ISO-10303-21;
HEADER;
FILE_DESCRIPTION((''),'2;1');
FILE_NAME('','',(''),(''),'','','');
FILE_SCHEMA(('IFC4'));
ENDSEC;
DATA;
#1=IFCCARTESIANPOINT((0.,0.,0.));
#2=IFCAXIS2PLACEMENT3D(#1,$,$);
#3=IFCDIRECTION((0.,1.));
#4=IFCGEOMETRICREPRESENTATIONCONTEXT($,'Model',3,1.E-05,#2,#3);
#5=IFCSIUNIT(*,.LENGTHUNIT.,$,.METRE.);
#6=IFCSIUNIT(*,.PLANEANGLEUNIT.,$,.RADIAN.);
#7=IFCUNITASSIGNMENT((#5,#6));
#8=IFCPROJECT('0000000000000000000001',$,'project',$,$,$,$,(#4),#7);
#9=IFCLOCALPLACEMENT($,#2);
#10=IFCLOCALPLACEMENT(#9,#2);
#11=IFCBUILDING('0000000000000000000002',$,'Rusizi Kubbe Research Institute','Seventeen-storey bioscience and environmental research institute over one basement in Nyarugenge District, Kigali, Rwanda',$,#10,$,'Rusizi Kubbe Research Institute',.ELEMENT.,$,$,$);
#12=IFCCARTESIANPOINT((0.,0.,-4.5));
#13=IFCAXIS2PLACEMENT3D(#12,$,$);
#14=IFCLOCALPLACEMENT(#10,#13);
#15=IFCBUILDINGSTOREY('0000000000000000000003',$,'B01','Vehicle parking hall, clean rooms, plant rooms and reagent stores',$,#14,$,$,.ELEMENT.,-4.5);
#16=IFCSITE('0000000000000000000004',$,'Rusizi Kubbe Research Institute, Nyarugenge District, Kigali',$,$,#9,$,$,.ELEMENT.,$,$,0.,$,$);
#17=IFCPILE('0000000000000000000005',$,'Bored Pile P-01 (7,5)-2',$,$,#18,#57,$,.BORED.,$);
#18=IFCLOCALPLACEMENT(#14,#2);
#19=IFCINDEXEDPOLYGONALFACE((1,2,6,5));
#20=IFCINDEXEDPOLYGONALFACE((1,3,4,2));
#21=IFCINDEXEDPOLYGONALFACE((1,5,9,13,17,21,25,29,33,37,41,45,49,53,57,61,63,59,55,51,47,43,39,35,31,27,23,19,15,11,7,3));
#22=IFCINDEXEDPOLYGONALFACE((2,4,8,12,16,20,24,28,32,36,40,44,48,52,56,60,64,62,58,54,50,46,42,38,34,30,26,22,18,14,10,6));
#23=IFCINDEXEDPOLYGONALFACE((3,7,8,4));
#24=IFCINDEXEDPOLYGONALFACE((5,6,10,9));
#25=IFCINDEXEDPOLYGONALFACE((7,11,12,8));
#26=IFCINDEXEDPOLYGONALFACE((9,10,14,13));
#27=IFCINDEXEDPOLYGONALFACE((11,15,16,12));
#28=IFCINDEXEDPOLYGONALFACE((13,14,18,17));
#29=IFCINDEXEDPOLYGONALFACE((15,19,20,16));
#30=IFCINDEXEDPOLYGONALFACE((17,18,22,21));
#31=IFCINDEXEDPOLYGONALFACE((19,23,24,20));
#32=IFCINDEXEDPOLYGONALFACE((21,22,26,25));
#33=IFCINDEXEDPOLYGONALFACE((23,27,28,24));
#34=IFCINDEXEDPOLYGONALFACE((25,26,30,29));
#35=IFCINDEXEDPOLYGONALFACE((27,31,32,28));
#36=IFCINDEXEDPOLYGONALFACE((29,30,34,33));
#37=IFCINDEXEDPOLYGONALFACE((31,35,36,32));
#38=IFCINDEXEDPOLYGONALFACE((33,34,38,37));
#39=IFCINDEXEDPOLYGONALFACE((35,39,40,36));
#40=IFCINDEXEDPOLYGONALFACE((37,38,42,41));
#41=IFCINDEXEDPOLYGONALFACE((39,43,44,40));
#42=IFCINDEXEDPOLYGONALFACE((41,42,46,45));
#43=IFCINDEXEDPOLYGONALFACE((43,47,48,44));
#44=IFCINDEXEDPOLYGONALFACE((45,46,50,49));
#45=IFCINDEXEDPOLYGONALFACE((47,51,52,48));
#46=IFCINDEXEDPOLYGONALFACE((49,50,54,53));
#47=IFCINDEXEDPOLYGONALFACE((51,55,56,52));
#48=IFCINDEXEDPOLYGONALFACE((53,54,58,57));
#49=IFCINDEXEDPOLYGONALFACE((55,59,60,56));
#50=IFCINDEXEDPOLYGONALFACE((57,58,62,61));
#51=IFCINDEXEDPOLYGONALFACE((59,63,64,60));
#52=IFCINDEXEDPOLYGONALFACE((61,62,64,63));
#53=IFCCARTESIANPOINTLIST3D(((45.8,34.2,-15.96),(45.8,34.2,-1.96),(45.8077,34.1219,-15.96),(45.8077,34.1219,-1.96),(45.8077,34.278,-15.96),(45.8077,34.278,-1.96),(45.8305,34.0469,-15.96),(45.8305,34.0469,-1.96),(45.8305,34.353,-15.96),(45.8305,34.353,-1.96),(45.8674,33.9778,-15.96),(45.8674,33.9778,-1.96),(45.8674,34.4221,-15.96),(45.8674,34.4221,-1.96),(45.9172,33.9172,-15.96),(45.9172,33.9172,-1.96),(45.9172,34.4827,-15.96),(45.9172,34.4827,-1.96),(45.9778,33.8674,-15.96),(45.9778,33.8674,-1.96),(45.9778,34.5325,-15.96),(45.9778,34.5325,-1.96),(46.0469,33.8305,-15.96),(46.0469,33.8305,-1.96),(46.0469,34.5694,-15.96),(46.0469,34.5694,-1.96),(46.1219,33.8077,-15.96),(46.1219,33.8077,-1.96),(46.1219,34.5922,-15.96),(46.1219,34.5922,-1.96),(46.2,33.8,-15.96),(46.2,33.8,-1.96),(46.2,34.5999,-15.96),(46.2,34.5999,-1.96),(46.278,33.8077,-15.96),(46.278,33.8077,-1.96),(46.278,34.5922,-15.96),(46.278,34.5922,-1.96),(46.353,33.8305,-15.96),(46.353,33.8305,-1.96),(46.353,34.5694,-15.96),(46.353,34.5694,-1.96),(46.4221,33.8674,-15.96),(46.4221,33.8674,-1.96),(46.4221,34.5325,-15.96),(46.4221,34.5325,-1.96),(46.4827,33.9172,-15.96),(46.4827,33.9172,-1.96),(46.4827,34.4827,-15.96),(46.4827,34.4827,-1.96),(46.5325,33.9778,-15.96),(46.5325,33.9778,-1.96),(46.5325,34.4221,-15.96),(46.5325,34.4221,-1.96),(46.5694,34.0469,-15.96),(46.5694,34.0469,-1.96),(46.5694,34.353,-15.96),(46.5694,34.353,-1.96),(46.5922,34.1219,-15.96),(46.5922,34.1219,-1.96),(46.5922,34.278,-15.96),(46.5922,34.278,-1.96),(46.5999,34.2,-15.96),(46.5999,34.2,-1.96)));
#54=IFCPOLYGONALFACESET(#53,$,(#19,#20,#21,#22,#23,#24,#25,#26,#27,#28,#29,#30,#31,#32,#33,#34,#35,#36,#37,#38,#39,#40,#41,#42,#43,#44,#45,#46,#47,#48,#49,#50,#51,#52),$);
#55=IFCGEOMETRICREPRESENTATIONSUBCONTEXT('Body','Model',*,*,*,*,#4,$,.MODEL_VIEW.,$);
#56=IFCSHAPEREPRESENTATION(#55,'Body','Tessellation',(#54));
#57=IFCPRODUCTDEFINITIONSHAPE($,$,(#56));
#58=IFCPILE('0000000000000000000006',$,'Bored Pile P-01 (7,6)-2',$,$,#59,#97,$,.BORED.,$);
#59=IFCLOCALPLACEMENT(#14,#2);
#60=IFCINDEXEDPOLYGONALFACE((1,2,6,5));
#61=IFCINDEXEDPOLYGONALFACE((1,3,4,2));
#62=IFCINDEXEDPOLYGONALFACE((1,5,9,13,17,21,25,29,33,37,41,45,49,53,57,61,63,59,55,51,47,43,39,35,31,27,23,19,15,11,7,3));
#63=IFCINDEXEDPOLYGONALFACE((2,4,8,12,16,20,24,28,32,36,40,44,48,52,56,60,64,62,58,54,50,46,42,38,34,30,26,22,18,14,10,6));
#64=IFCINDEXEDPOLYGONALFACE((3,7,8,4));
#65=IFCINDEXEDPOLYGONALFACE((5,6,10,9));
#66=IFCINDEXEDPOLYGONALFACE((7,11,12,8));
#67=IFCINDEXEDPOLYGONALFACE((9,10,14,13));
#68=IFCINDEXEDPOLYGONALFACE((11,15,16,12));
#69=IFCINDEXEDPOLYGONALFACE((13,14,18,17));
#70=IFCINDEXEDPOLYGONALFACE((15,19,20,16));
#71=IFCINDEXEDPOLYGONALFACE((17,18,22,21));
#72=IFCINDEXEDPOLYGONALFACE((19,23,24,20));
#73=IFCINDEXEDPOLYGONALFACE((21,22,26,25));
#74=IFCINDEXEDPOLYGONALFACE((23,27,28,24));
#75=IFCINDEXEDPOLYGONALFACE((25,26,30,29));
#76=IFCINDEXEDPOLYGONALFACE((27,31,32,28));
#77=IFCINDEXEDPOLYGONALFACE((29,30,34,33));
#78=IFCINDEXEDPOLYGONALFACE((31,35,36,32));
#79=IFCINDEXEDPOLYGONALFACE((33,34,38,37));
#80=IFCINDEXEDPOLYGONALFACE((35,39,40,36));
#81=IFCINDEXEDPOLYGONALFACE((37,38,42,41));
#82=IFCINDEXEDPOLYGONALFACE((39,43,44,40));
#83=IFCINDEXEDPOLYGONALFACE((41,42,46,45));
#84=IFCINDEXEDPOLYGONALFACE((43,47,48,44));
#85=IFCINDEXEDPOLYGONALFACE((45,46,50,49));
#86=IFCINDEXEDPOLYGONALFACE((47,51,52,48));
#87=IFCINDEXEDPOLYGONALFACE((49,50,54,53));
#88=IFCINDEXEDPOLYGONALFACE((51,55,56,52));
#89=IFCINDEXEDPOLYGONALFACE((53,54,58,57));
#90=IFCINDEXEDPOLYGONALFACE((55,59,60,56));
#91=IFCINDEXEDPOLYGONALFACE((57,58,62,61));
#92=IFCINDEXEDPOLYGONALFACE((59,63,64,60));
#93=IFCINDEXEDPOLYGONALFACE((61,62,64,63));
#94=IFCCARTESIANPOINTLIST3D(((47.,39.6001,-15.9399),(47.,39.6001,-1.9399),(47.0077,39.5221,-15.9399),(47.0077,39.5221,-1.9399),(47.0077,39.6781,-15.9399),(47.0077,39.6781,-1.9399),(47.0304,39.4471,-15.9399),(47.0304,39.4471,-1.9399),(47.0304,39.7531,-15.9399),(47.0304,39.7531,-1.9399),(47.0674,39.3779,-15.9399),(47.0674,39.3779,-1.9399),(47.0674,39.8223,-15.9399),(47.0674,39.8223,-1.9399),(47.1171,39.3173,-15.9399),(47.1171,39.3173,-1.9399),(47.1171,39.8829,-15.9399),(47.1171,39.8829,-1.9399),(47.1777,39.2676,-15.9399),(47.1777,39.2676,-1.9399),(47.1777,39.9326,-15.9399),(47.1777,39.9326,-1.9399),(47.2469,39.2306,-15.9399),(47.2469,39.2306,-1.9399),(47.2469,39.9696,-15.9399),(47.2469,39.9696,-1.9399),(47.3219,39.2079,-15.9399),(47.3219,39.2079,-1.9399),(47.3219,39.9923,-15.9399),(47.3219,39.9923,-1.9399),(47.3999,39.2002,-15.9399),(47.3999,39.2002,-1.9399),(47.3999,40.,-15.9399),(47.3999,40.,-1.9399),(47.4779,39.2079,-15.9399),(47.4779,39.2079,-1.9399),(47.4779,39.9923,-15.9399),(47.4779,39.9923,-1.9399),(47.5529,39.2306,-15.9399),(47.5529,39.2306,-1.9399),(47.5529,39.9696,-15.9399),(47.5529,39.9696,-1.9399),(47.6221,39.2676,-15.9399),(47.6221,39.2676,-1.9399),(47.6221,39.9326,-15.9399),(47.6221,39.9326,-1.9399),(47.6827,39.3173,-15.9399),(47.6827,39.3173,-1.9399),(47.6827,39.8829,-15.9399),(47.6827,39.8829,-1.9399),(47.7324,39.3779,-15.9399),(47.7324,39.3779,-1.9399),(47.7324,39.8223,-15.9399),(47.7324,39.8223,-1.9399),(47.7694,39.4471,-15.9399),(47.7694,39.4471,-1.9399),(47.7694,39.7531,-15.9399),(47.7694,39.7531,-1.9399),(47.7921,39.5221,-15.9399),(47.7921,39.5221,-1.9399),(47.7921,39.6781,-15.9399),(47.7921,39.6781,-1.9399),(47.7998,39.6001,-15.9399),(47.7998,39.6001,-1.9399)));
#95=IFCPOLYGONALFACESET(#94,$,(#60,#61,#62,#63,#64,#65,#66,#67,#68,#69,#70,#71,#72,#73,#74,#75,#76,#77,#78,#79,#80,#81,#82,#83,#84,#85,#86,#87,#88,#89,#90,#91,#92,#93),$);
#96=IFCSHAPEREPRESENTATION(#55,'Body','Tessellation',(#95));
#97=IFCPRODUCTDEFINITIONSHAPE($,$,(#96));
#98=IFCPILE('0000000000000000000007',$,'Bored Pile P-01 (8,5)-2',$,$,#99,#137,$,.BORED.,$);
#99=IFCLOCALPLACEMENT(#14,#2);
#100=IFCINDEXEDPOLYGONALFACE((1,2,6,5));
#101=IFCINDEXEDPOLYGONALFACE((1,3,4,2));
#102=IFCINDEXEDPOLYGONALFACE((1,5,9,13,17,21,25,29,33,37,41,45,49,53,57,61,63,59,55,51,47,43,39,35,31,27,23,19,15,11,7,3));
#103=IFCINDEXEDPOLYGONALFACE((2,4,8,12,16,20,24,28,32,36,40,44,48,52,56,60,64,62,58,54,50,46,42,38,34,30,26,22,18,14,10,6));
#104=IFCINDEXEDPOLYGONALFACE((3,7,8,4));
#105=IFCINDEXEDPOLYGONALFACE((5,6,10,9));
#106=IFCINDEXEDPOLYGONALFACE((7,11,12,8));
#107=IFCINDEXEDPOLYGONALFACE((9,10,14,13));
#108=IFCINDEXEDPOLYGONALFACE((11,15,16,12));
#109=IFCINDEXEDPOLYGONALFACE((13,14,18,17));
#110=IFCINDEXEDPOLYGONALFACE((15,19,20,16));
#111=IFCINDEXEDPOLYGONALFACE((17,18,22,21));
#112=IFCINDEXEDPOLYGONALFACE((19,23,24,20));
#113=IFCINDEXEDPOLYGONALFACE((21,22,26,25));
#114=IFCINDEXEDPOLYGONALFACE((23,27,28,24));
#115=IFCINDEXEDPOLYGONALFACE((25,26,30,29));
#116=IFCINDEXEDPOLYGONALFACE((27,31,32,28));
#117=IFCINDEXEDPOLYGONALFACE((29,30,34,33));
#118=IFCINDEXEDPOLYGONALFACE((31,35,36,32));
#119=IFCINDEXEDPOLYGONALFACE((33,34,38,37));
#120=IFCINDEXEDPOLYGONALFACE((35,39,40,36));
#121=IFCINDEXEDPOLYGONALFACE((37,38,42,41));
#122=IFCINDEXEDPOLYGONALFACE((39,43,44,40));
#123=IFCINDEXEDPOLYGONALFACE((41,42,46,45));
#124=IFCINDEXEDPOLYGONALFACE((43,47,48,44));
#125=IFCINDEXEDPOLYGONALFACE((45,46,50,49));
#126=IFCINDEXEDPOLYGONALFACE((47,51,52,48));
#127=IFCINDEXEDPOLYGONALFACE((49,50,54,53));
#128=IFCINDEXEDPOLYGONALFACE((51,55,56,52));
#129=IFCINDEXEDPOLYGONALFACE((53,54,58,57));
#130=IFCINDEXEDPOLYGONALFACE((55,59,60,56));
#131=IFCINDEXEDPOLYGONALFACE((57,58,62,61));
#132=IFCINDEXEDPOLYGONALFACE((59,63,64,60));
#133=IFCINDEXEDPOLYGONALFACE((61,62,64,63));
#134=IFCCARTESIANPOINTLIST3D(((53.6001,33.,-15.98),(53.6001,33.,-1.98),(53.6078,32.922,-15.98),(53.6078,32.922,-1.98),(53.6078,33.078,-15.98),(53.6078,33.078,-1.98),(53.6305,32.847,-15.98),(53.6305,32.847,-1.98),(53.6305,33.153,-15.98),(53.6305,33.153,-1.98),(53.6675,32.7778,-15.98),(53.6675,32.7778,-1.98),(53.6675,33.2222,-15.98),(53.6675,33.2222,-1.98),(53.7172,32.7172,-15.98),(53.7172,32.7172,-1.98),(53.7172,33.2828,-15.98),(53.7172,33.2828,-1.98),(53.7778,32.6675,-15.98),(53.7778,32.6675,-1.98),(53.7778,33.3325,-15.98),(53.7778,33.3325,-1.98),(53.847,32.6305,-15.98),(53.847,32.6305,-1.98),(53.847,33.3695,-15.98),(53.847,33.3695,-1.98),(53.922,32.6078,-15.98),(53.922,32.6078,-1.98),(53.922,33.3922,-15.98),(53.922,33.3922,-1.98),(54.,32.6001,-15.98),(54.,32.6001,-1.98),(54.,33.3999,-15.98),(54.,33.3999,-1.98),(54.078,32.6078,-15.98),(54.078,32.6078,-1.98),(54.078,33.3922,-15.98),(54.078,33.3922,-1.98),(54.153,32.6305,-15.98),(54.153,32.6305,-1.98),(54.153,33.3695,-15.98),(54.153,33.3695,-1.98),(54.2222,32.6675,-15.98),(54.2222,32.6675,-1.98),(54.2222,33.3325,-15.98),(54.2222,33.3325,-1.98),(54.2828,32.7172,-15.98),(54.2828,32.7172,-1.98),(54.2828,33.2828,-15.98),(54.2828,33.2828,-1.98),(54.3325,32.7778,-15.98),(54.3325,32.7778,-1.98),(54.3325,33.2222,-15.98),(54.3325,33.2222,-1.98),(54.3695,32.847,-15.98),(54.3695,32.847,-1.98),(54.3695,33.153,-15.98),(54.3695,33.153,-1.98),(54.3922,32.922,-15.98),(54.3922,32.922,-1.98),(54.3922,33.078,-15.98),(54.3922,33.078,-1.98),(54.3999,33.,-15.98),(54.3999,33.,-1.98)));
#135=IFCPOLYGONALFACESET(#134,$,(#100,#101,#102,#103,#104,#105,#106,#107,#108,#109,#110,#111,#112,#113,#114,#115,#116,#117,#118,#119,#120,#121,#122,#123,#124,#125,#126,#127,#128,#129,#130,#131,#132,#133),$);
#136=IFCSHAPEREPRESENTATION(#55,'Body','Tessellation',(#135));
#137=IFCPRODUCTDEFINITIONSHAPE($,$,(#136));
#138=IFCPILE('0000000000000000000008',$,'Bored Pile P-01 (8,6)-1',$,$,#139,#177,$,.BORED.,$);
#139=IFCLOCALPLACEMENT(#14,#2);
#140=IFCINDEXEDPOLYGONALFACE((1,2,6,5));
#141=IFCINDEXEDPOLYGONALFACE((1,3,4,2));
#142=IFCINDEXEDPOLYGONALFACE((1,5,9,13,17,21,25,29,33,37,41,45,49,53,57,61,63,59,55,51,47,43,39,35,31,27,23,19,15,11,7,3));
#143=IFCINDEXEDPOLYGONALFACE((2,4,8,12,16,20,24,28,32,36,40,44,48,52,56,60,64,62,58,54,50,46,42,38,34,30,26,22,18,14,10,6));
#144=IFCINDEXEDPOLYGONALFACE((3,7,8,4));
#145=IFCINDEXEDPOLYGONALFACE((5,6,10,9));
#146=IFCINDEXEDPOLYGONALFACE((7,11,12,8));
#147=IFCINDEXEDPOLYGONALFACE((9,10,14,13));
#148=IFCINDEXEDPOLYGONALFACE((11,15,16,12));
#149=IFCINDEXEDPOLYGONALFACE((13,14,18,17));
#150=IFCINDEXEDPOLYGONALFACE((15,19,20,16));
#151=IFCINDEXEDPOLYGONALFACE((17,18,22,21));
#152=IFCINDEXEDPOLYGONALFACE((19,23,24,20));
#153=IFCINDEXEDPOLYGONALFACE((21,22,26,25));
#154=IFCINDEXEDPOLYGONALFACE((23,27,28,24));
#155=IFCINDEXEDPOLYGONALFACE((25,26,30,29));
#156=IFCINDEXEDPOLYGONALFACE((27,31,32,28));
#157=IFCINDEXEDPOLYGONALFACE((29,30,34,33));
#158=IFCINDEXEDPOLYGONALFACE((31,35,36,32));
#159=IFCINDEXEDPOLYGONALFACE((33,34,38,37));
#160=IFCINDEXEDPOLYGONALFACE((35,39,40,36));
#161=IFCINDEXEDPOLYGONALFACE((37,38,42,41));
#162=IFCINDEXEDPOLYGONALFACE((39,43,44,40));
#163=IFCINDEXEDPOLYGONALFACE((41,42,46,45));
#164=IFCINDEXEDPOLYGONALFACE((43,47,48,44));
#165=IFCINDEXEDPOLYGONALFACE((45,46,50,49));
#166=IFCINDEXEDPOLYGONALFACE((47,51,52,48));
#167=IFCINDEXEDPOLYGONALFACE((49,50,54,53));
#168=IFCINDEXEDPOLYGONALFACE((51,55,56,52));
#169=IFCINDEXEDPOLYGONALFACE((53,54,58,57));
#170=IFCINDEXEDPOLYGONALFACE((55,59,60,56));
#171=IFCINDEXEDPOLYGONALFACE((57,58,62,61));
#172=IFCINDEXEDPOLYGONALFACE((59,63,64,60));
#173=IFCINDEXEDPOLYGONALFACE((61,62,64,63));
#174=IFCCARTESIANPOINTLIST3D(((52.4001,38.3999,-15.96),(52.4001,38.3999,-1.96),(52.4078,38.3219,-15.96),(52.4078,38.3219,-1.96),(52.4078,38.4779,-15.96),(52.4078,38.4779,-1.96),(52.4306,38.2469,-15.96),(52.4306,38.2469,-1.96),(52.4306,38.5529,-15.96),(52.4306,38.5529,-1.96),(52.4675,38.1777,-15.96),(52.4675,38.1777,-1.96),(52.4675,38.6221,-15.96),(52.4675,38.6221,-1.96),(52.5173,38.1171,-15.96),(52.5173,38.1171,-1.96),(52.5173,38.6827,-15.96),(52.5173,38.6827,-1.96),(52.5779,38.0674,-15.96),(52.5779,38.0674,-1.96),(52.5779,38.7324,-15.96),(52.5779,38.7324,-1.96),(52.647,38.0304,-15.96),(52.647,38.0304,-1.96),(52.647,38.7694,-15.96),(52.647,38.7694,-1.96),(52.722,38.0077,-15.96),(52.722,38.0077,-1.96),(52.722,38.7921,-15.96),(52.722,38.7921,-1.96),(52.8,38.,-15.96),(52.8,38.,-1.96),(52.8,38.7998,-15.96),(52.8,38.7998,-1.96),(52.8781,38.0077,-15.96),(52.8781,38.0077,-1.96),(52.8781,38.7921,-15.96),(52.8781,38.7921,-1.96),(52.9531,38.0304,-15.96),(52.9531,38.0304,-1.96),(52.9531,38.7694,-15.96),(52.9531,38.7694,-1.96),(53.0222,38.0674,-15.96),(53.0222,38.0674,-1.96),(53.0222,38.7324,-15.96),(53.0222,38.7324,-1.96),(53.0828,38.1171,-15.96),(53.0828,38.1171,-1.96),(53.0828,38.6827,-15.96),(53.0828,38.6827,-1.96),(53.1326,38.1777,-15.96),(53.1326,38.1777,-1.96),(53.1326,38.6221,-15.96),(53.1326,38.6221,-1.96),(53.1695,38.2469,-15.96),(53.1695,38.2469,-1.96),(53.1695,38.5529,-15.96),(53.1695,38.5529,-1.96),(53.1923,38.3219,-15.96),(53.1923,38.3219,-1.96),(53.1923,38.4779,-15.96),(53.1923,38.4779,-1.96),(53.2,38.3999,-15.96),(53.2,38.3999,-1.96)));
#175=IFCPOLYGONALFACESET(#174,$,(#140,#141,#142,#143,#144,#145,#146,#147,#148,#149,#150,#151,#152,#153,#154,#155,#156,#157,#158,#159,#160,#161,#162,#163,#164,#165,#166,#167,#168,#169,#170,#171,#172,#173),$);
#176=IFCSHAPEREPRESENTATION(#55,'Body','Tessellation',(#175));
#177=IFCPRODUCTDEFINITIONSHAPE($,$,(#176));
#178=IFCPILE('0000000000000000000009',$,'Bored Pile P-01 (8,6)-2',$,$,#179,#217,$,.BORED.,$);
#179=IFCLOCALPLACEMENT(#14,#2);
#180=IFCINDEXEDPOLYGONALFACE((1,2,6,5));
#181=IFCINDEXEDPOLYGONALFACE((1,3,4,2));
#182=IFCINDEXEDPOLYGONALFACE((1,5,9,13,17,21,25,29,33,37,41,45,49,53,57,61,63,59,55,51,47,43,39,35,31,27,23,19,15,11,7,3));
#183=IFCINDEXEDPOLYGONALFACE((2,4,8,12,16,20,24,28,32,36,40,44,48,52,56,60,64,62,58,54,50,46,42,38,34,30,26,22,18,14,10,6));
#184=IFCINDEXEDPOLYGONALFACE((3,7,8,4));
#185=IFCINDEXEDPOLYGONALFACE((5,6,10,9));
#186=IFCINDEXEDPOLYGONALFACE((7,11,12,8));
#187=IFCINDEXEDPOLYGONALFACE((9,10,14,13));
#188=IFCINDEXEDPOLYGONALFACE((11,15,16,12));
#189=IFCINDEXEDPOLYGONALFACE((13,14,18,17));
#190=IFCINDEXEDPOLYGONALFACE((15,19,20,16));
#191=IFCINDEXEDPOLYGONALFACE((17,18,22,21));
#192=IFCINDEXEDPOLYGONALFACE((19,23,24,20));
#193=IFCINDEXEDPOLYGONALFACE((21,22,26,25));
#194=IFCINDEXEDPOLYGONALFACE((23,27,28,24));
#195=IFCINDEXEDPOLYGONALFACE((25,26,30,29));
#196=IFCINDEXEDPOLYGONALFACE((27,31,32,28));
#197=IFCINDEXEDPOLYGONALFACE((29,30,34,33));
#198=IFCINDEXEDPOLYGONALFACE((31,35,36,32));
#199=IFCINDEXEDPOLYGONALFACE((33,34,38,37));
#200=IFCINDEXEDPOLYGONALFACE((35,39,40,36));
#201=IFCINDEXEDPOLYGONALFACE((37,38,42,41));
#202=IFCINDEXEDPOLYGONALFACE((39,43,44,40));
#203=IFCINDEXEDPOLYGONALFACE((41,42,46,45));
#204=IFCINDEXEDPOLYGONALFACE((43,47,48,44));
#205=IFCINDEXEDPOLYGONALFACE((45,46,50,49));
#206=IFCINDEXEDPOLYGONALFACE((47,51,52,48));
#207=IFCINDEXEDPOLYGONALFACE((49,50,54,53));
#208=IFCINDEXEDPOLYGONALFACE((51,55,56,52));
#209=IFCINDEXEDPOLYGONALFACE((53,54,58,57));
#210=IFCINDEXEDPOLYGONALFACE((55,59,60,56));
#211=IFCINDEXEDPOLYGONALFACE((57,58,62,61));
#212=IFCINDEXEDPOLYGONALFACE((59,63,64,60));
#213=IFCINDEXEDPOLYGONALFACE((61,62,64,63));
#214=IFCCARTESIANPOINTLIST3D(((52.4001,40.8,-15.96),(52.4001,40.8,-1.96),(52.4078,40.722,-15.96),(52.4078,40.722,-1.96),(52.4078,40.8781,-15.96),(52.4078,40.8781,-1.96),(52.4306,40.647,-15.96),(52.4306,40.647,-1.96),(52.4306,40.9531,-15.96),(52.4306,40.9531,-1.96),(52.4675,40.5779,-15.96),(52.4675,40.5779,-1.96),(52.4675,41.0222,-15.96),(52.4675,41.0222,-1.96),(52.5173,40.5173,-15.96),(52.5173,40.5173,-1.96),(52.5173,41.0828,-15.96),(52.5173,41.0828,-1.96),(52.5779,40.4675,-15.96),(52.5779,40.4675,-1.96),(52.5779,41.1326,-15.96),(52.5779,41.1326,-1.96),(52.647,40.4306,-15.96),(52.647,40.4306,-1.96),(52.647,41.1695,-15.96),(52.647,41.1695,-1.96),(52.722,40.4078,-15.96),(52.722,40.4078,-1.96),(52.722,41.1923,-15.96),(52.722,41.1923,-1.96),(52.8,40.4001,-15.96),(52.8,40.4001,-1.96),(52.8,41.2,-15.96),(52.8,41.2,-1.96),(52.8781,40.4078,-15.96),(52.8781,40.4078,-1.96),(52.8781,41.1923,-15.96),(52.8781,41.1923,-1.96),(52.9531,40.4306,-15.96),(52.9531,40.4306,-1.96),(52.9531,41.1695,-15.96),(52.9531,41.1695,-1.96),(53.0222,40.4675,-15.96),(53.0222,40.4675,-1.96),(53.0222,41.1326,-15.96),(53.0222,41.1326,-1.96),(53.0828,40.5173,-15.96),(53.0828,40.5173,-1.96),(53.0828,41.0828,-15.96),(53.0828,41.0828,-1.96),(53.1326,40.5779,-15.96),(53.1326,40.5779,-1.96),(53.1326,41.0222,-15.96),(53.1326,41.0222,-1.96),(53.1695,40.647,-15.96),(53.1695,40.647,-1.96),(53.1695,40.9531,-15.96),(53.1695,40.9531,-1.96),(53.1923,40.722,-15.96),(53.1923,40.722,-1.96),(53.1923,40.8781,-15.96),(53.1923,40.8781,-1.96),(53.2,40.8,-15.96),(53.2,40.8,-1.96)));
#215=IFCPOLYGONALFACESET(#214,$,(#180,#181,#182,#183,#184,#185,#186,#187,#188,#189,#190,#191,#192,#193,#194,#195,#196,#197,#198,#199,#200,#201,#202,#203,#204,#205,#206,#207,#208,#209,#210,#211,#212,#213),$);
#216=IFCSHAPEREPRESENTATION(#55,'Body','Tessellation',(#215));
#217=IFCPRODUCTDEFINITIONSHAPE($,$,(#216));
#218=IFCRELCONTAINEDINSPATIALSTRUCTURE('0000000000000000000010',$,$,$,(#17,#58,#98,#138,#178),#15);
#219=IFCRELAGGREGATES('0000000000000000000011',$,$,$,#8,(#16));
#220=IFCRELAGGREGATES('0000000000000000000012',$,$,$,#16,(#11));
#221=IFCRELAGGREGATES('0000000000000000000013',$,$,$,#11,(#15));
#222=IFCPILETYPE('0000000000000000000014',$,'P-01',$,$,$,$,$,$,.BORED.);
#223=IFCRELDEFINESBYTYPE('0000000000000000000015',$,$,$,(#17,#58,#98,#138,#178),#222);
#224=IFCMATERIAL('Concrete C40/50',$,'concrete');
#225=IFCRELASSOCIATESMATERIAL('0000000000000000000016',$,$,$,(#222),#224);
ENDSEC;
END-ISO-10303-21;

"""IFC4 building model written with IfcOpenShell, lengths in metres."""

from ifc_helpers import new_model, si_unit, direction, frame, origin, origin_2d, place, context, subcontext, project, spatial, circle, extrude, material, material_profile, profile_set, type_object, element, save


model = new_model("IFC4")

# Units and contexts
model_context = context("Model", 3, precision=1e-05, world=origin(), true_north=direction((0.0, 1.0)))
body_context = subcontext(model_context, "Body", "Model", "MODEL_VIEW")
ifc_project = project(units=[si_unit("LENGTHUNIT", "METRE"), si_unit("PLANEANGLEUNIT", "RADIAN")], contexts=[model_context])

# Site, building, storey
site_placement = place(None, origin())
site = spatial("IfcSite", under=ifc_project, at=site_placement, Name="Rusizi Kubbe Research Institute, Nyarugenge District, Kigali", CompositionType="ELEMENT", RefElevation=0.0)
building_placement = place(site_placement, origin())
building = spatial("IfcBuilding", under=site, at=building_placement, Name="Rusizi Kubbe Research Institute", Description="Seventeen-storey bioscience and environmental research institute over one basement in Nyarugenge District, Kigali, Rwanda", LongName="Rusizi Kubbe Research Institute", CompositionType="ELEMENT")
storey_placement = place(building_placement, frame((0.0, 0.0, -4.5)))
storey = spatial("IfcBuildingStorey", under=building, at=storey_placement, Name="B01", Description="Vehicle parking hall, clean rooms, plant rooms and reagent stores", CompositionType="ELEMENT", Elevation=-4.5)

# Piles
ifc_material_1 = material(Name="Concrete C40/50", Category="concrete")
ifc_material_profile_1 = material_profile(ifc_material_1, circle(Radius=0.3999, at=origin_2d()), Name="PILE-D800")
ifc_profile_set_1 = profile_set([ifc_material_profile_1], Name="Concrete C40/50")
pile_type_1 = type_object("IfcPileType", Name="P-01", PredefinedType="BORED", material=ifc_profile_set_1)
for number, where, z_axis, x_axis, name in (
    (1, (46.2, 34.2, -1.96), (0.0, 0.0, -1.0), (1.0, 0.0, 0.0), "Bored Pile P-01 (7,5)-2"),
    (2, (47.3999, 39.6001, -1.9399), (0.0, 0.0, -1.0), (1.0, 0.0, 0.0), "Bored Pile P-01 (7,6)-2"),
    (3, (54.0, 33.0, -1.98), (0.0, 0.0, -1.0), (1.0, 0.0, 0.0), "Bored Pile P-01 (8,5)-2"),
    (4, (52.8, 38.3999, -1.96), (0.0, 0.0, -1.0), (1.0, 0.0, 0.0), "Bored Pile P-01 (8,6)-1"),
    (5, (52.8, 40.8, -1.96), (0.0, 0.0, -1.0), (1.0, 0.0, 0.0), "Bored Pile P-01 (8,6)-2"),
):
    element("IfcPile", number, at=place(storey_placement, frame(where, z_axis=z_axis, x_axis=x_axis)), inside=storey, type_object=pile_type_1, Name=name, PredefinedType="BORED", context=body_context, shape_type="SweptSolid", body=[
        extrude(circle(Radius=0.3999, at=origin_2d()), origin(), (0.0, 0.0, 1.0), 14.0),
    ])

save(model, "model.ifc")
